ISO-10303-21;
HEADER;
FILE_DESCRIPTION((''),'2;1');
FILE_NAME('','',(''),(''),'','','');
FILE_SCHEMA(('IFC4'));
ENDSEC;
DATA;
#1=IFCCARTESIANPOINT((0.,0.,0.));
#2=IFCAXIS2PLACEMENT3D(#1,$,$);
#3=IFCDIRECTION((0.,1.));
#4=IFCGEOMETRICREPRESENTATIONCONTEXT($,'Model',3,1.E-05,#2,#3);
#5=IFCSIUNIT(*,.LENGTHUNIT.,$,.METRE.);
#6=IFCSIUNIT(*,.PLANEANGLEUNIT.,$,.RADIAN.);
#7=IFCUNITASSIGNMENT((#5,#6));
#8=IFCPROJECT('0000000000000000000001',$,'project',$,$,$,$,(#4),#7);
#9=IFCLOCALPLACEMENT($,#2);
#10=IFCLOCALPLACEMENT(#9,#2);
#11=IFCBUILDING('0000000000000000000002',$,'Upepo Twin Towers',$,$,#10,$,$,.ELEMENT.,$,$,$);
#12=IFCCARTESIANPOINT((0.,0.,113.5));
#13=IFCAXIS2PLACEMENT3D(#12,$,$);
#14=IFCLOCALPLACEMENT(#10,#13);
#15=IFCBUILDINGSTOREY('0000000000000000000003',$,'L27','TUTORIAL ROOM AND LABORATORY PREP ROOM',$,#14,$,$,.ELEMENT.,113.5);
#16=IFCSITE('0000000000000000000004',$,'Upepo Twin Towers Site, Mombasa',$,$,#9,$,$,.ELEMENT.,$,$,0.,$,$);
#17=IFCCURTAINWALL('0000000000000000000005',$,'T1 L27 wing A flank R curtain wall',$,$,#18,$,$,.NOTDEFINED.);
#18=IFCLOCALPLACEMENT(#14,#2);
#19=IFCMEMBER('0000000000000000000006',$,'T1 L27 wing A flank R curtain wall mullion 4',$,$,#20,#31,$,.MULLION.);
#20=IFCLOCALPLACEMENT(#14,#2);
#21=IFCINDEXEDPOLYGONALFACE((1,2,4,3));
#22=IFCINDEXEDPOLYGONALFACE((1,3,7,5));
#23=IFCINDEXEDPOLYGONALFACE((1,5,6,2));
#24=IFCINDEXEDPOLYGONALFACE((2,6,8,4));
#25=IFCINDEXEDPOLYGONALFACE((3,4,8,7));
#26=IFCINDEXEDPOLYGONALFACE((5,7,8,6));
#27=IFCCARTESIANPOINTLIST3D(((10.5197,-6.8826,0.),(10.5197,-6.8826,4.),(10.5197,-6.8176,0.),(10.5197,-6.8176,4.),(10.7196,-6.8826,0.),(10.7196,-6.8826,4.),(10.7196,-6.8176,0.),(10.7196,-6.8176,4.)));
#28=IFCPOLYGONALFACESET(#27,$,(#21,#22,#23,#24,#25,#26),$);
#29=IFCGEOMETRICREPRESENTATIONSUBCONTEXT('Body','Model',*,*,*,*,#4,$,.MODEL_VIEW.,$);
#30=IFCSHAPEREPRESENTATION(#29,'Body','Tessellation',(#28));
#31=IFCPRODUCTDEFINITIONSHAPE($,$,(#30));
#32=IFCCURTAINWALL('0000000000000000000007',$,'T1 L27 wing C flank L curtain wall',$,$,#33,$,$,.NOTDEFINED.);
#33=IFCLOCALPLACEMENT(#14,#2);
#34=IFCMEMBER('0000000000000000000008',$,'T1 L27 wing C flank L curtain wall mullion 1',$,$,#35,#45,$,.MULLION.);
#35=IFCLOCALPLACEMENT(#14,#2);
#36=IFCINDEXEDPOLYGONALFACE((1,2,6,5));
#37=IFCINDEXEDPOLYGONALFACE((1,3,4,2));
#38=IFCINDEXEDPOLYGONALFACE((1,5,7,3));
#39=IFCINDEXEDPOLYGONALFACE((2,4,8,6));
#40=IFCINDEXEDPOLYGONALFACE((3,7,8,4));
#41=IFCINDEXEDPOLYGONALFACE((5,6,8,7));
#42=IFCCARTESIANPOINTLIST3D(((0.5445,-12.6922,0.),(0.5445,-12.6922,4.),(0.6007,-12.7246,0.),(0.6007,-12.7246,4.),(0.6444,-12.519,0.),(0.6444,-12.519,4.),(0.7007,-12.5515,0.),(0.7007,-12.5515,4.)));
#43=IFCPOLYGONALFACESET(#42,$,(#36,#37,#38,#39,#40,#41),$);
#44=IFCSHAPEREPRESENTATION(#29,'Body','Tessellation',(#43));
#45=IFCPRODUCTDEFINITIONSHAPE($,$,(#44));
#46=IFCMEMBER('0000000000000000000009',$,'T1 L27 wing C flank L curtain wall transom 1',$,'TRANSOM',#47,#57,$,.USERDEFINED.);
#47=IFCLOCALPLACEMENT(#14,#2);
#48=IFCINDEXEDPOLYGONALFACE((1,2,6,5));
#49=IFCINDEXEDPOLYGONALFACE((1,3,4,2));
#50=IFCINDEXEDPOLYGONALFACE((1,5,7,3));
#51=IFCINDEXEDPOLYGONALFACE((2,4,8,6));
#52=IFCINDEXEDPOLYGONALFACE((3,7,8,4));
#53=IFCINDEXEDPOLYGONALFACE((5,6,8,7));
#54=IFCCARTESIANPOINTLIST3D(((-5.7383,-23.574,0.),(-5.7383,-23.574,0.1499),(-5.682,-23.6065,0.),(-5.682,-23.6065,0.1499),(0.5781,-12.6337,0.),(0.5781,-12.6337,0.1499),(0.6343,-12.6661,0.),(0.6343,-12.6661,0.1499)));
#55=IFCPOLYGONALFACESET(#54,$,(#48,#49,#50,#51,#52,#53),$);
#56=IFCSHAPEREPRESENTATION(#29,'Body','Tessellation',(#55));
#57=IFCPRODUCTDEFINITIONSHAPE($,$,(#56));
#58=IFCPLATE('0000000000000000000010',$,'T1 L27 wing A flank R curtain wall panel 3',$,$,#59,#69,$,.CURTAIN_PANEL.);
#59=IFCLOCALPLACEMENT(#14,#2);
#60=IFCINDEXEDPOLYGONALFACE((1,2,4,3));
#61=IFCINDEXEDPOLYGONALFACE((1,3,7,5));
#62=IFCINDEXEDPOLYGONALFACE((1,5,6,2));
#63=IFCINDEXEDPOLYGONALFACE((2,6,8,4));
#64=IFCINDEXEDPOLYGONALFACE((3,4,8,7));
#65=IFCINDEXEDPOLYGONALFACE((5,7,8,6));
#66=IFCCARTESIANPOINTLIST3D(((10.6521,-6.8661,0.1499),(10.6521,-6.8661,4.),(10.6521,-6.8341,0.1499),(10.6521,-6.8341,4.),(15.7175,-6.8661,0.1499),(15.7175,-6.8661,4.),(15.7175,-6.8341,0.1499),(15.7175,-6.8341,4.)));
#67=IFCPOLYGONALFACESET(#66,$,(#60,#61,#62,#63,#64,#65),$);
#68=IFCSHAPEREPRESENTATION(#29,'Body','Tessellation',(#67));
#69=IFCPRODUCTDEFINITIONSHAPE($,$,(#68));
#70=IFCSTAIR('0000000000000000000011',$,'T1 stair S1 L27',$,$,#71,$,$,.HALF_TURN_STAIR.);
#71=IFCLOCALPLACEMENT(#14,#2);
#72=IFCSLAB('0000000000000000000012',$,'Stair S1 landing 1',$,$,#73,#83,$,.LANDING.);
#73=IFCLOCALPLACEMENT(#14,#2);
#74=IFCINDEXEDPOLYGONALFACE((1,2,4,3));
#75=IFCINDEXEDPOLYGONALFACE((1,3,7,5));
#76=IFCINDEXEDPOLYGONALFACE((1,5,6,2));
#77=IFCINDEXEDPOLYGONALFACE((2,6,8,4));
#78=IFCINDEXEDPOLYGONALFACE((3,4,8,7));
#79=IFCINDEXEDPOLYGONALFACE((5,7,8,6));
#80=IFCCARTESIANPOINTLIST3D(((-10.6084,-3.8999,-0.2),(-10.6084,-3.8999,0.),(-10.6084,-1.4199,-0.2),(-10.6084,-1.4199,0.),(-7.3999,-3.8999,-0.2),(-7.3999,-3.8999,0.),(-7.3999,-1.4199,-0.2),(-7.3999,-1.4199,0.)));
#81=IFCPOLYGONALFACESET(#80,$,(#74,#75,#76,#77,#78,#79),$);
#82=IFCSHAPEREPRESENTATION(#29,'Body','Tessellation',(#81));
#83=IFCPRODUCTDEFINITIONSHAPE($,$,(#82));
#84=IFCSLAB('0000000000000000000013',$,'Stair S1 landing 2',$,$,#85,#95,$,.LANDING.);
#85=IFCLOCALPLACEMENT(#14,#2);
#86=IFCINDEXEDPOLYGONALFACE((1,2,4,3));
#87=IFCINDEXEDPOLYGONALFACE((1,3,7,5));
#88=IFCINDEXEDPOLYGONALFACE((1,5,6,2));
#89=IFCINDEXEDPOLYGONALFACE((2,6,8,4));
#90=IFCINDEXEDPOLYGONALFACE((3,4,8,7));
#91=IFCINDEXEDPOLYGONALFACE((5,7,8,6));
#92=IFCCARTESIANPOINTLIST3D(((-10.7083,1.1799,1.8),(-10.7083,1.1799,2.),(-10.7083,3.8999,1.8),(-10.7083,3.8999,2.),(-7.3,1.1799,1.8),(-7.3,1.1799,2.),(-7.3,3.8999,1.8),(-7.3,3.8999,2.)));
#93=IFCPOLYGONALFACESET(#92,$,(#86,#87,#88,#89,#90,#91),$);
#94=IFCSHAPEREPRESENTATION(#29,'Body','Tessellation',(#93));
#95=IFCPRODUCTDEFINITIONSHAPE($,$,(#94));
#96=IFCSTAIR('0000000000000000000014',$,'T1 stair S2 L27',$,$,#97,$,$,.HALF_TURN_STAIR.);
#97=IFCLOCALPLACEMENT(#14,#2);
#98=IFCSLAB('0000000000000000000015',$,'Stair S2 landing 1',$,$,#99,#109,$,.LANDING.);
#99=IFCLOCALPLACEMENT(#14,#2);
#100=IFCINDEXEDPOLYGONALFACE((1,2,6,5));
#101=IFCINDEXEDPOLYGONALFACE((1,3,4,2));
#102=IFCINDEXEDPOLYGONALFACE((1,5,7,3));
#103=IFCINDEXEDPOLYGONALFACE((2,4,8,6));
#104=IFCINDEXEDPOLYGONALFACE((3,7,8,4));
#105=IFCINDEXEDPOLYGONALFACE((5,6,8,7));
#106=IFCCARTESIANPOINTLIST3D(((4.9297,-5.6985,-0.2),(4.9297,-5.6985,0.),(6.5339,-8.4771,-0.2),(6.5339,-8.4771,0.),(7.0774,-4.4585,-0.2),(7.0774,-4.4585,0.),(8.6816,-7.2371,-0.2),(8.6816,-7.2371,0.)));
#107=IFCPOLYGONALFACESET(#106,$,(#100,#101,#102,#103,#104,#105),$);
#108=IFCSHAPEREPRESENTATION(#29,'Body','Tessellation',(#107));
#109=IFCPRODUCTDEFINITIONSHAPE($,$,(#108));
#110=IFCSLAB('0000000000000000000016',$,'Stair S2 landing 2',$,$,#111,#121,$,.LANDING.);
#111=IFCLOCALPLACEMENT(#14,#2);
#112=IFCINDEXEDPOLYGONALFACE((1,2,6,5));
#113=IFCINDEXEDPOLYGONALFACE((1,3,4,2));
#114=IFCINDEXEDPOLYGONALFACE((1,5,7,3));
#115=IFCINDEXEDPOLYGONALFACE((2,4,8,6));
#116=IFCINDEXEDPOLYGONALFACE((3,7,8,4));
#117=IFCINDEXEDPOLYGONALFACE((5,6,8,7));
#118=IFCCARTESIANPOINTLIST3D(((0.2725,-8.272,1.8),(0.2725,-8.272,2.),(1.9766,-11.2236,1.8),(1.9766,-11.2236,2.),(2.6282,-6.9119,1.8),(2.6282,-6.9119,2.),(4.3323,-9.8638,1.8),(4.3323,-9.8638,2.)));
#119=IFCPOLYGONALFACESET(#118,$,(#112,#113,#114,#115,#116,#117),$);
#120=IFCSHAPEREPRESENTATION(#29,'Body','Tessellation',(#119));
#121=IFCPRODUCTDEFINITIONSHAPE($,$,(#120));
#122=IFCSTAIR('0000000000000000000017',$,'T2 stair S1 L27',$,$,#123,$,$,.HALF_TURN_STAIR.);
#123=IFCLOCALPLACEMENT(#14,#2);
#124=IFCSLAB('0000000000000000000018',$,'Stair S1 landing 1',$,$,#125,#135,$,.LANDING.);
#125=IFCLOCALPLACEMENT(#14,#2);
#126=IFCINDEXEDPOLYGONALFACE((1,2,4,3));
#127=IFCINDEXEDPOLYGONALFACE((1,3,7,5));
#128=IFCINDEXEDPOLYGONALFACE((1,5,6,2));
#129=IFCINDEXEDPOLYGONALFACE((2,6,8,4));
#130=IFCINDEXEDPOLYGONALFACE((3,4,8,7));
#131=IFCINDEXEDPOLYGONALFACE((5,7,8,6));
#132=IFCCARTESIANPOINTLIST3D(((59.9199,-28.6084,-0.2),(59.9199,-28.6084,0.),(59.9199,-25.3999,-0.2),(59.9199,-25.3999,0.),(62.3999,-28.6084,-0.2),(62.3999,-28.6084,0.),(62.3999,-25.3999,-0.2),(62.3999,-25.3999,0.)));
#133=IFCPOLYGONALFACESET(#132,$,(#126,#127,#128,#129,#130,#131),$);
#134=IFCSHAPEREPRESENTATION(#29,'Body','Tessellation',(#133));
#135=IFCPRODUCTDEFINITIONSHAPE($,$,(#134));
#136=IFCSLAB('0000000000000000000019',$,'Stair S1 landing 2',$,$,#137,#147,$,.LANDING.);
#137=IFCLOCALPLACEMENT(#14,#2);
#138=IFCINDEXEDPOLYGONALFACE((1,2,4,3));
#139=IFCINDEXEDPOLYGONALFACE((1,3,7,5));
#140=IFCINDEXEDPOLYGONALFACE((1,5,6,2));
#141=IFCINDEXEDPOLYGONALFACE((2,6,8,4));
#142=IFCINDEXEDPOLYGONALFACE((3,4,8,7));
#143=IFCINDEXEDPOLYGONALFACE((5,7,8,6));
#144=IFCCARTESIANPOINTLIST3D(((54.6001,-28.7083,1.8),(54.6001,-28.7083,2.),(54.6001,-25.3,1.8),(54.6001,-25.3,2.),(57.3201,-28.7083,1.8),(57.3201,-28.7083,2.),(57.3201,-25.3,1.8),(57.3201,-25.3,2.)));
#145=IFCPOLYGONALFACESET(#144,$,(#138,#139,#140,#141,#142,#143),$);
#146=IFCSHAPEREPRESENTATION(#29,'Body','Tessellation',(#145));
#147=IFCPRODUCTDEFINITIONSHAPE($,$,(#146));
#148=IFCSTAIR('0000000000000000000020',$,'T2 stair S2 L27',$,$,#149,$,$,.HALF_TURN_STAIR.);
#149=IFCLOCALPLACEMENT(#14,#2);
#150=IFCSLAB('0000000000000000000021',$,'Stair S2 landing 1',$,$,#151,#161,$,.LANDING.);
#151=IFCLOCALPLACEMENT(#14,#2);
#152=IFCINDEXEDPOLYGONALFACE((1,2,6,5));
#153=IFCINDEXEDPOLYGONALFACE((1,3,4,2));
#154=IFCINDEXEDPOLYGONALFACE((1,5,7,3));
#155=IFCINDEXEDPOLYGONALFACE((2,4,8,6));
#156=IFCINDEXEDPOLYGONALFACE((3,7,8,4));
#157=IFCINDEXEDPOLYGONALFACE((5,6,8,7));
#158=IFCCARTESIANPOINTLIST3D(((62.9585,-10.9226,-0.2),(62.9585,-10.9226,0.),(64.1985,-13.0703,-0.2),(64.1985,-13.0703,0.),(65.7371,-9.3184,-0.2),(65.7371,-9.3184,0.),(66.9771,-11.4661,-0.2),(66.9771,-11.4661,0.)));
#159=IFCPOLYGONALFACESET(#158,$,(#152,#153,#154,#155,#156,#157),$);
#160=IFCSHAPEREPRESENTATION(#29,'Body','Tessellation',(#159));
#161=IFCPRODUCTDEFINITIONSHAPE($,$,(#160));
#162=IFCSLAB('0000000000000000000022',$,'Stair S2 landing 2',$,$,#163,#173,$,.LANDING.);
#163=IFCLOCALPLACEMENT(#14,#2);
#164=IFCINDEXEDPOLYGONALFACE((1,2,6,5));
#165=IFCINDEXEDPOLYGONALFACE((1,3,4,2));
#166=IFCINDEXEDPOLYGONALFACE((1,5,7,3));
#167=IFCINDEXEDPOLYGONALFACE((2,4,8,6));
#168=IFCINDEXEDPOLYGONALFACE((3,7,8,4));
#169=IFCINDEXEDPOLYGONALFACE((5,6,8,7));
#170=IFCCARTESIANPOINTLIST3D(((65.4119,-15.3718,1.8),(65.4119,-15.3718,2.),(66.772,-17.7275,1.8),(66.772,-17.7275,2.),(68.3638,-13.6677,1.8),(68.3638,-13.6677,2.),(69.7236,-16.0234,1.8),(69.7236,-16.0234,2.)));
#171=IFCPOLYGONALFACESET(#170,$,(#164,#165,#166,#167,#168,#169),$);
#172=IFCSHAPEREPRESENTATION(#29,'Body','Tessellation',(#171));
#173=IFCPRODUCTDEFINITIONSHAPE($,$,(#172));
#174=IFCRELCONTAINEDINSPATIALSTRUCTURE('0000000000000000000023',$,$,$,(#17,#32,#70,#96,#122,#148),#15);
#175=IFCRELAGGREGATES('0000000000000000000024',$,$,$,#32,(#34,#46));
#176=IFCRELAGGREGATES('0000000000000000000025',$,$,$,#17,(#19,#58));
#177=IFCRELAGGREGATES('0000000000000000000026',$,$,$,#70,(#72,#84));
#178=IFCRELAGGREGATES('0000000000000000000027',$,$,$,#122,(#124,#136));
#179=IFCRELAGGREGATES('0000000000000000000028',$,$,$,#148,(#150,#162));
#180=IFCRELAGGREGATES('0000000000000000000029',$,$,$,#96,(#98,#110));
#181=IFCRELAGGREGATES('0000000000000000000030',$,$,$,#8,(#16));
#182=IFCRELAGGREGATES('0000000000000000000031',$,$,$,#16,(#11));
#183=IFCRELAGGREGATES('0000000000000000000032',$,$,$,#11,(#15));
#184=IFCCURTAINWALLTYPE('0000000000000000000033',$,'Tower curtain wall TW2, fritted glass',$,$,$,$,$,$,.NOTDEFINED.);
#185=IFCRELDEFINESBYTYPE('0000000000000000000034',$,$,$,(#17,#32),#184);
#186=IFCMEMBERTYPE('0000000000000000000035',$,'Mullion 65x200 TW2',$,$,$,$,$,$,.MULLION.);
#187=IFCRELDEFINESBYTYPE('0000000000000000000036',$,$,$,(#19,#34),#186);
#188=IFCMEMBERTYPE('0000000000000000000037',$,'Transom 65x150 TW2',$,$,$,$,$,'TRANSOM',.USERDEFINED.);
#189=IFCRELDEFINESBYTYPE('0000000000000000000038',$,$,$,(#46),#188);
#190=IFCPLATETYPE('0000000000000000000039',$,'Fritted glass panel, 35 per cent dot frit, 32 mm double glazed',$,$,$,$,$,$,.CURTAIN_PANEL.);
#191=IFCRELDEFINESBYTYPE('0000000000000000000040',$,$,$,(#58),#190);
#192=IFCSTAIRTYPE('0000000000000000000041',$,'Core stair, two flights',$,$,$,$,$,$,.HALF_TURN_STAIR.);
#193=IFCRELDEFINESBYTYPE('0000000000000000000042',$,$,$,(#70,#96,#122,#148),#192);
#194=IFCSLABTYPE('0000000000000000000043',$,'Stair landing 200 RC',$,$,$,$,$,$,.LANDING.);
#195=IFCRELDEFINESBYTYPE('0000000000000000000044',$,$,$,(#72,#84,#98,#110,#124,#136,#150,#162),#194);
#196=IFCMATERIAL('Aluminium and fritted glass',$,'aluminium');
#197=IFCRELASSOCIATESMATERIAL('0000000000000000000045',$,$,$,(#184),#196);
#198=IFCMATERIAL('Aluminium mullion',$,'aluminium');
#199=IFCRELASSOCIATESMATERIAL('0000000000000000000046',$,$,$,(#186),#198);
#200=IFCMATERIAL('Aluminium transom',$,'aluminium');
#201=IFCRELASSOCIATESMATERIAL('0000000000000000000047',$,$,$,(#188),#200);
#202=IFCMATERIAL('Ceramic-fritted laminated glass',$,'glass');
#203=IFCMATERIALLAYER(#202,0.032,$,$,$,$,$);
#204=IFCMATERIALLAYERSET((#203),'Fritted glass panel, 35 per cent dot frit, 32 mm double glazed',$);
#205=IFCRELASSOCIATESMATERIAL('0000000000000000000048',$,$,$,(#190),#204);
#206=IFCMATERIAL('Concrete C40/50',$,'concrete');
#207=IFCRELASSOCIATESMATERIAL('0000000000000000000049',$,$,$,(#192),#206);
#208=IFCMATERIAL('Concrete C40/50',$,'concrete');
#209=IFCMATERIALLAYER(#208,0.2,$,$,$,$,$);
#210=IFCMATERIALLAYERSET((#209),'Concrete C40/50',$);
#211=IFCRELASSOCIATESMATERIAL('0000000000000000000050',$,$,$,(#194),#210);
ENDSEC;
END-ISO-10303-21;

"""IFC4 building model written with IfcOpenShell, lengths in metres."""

from ifc_helpers import new_model, si_unit, direction, frame, origin, origin_2d, place, context, subcontext, project, spatial, polyline, rectangle, outline, extrude, material, layer, layer_set, material_profile, profile_set, type_object, element, aggregate, save


model = new_model("IFC4")

# Units and contexts
model_context = context("Model", 3, precision=1e-05, world=origin(), true_north=direction((0.0, 1.0)))
body_context = subcontext(model_context, "Body", "Model", "MODEL_VIEW")
ifc_project = project(units=[si_unit("LENGTHUNIT", "METRE"), si_unit("PLANEANGLEUNIT", "RADIAN")], contexts=[model_context])

# Site, building, storey
site_placement = place(None, origin())
site = spatial("IfcSite", under=ifc_project, at=site_placement, Name="Upepo Twin Towers Site, Mombasa", CompositionType="ELEMENT", RefElevation=0.0)
building_placement = place(site_placement, origin())
building = spatial("IfcBuilding", under=site, at=building_placement, Name="Upepo Twin Towers", CompositionType="ELEMENT")
storey_placement = place(building_placement, frame((0.0, 0.0, 113.5)))
storey = spatial("IfcBuildingStorey", under=building, at=storey_placement, Name="L27", Description="TUTORIAL ROOM AND LABORATORY PREP ROOM", CompositionType="ELEMENT", Elevation=113.5)

# Curtain wall, member
ifc_material_1 = material(Name="Aluminium and fritted glass", Category="aluminium")
curtain_wall_type = type_object("IfcCurtainWallType", Name="Tower curtain wall TW2, fritted glass", PredefinedType="NOTDEFINED", material=ifc_material_1)
curtain_wall_1_placement = place(storey_placement, origin())
curtain_wall_1 = element("IfcCurtainWall", 1, at=curtain_wall_1_placement, inside=storey, type_object=curtain_wall_type, Name="T1 L27 wing A flank R curtain wall", PredefinedType="NOTDEFINED")
ifc_material_2 = material(Name="Aluminium mullion", Category="aluminium")
ifc_material_profile_1 = material_profile(ifc_material_2, rectangle(XDim=0.0649, YDim=0.2, at=origin_2d()), Name="MULLION 65x200")
ifc_profile_set_1 = profile_set([ifc_material_profile_1], Name="Aluminium mullion")
member_type_1 = type_object("IfcMemberType", Name="Mullion 65x200 TW2", PredefinedType="MULLION", material=ifc_profile_set_1)
member_1_placement = place(storey_placement, frame((10.6196, -6.8501, 0.0), z_axis=(0.0, 0.0, 1.0), x_axis=(0.0, -1.0, 0.0)))
member_1 = element("IfcMember", 2, at=member_1_placement, type_object=member_type_1, Name="T1 L27 wing A flank R curtain wall mullion 4", PredefinedType="MULLION", context=body_context, shape_type="SweptSolid", body=[
    extrude(rectangle(XDim=0.0649, YDim=0.2, at=origin_2d()), origin(), (0.0, 0.0, 1.0), 4.0),
])

# Curtain wall, members
curtain_wall_2_placement = place(storey_placement, origin())
curtain_wall_2 = element("IfcCurtainWall", 3, at=curtain_wall_2_placement, inside=storey, type_object=curtain_wall_type, Name="T1 L27 wing C flank L curtain wall", PredefinedType="NOTDEFINED")
member_2_placement = place(storey_placement, frame((0.6226, -12.6218, 0.0), z_axis=(0.0, 0.0, 1.0), x_axis=(0.866025, -0.5, 0.0)))
member_2 = element("IfcMember", 4, at=member_2_placement, type_object=member_type_1, Name="T1 L27 wing C flank L curtain wall mullion 1", PredefinedType="MULLION", context=body_context, shape_type="SweptSolid", body=[
    extrude(rectangle(XDim=0.0649, YDim=0.2, at=origin_2d()), origin(), (0.0, 0.0, 1.0), 4.0),
])
ifc_material_3 = material(Name="Aluminium transom", Category="aluminium")
ifc_material_profile_2 = material_profile(ifc_material_3, rectangle(XDim=0.0649, YDim=0.1499, at=origin_2d()), Name="TRANSOM 65x150")
ifc_profile_set_2 = profile_set([ifc_material_profile_2], Name="Aluminium transom")
member_type_2 = type_object("IfcMemberType", Name="Transom 65x150 TW2", ElementType="TRANSOM", PredefinedType="USERDEFINED", material=ifc_profile_set_2)
member_3_placement = place(storey_placement, frame((0.6062, -12.6499, 0.075), z_axis=(-0.499997, -0.866027, 0.0), x_axis=(0.866027, -0.499997, 0.0)))
member_3 = element("IfcMember", 5, at=member_3_placement, type_object=member_type_2, Name="T1 L27 wing C flank L curtain wall transom 1", ObjectType="TRANSOM", PredefinedType="USERDEFINED", context=body_context, shape_type="SweptSolid", body=[
    extrude(rectangle(XDim=0.0649, YDim=0.1499, at=origin_2d()), origin(), (0.0, 0.0, 1.0), 12.6328),
])
aggregate(curtain_wall_2, [member_2, member_3])

# Plate
ifc_material_4 = material(Name="Ceramic-fritted laminated glass", Category="glass")
ifc_layer_1 = layer(ifc_material_4, 0.032)
ifc_layer_set_1 = layer_set([ifc_layer_1], Name="Fritted glass panel, 35 per cent dot frit, 32 mm double glazed")
plate_type = type_object("IfcPlateType", Name="Fritted glass panel, 35 per cent dot frit, 32 mm double glazed", PredefinedType="CURTAIN_PANEL", material=ifc_layer_set_1)
plate_placement = place(storey_placement, frame((13.1848, -6.8501, 0.1499), z_axis=(0.0, 0.0, 1.0), x_axis=(-1.0, 0.0, 0.0)))
plate = element("IfcPlate", 6, at=plate_placement, type_object=plate_type, Name="T1 L27 wing A flank R curtain wall panel 3", PredefinedType="CURTAIN_PANEL", context=body_context, shape_type="SweptSolid", body=[
    extrude(rectangle(XDim=5.0654, YDim=0.032, at=origin_2d()), origin(), (0.0, 0.0, 1.0), 3.8501),
])
aggregate(curtain_wall_1, [member_1, plate])

# Stairs, slabs
ifc_material_5 = material(Name="Concrete C40/50", Category="concrete")
stair_type = type_object("IfcStairType", Name="Core stair, two flights", PredefinedType="HALF_TURN_STAIR", material=ifc_material_5)
stair_1_placement = place(storey_placement, origin())
stair_1 = element("IfcStair", 7, at=stair_1_placement, inside=storey, type_object=stair_type, Name="T1 stair S1 L27", PredefinedType="HALF_TURN_STAIR")
ifc_material_6 = material(Name="Concrete C40/50", Category="concrete")
ifc_layer_2 = layer(ifc_material_6, 0.2)
ifc_layer_set_2 = layer_set([ifc_layer_2], Name="Concrete C40/50")
slab_type_1 = type_object("IfcSlabType", Name="Stair landing 200 RC", PredefinedType="LANDING", material=ifc_layer_set_2)
slab_1_placement = place(storey_placement, frame((0.0, 0.0, -0.2)))
slab_1 = element("IfcSlab", 8, at=slab_1_placement, type_object=slab_type_1, Name="Stair S1 landing 1", PredefinedType="LANDING", context=body_context, shape_type="SweptSolid", body=[
    extrude(outline(polyline([(-7.3999, -1.4199), (-10.6084, -1.4199), (-10.6084, -3.8999), (-7.3999, -3.8999), (-7.3999, -1.4199)])), origin(), (0.0, 0.0, 1.0), 0.2),
])
slab_2_placement = place(storey_placement, frame((0.0, 0.0, 1.8)))
slab_2 = element("IfcSlab", 9, at=slab_2_placement, type_object=slab_type_1, Name="Stair S1 landing 2", PredefinedType="LANDING", context=body_context, shape_type="SweptSolid", body=[
    extrude(outline(polyline([(-7.3, 3.8999), (-10.7083, 3.8999), (-10.7083, 1.1799), (-7.3, 1.1799), (-7.3, 3.8999)])), origin(), (0.0, 0.0, 1.0), 0.2),
])
aggregate(stair_1, [slab_1, slab_2])
stair_2_placement = place(storey_placement, origin())
stair_2 = element("IfcStair", 10, at=stair_2_placement, inside=storey, type_object=stair_type, Name="T1 stair S2 L27", PredefinedType="HALF_TURN_STAIR")
slab_3_placement = place(storey_placement, frame((0.0, 0.0, -0.2)))
slab_3 = element("IfcSlab", 11, at=slab_3_placement, type_object=slab_type_1, Name="Stair S2 landing 1", PredefinedType="LANDING", context=body_context, shape_type="SweptSolid", body=[
    extrude(outline(polyline([(4.9297, -5.6985), (6.5339, -8.4771), (8.6816, -7.2371), (7.0774, -4.4585), (4.9297, -5.6985)])), origin(), (0.0, 0.0, 1.0), 0.2),
])
slab_4_placement = place(storey_placement, frame((0.0, 0.0, 1.8)))
slab_4 = element("IfcSlab", 12, at=slab_4_placement, type_object=slab_type_1, Name="Stair S2 landing 2", PredefinedType="LANDING", context=body_context, shape_type="SweptSolid", body=[
    extrude(outline(polyline([(0.2725, -8.272), (1.9766, -11.2236), (4.3323, -9.8638), (2.6282, -6.9119), (0.2725, -8.272)])), origin(), (0.0, 0.0, 1.0), 0.2),
])
stair_3_placement = place(storey_placement, origin())
stair_3 = element("IfcStair", 13, at=stair_3_placement, inside=storey, type_object=stair_type, Name="T2 stair S1 L27", PredefinedType="HALF_TURN_STAIR")
slab_5_placement = place(storey_placement, frame((0.0, 0.0, -0.2)))
slab_5 = element("IfcSlab", 14, at=slab_5_placement, type_object=slab_type_1, Name="Stair S1 landing 1", PredefinedType="LANDING", context=body_context, shape_type="SweptSolid", body=[
    extrude(outline(polyline([(59.9199, -25.3999), (59.9199, -28.6084), (62.3999, -28.6084), (62.3999, -25.3999), (59.9199, -25.3999)])), origin(), (0.0, 0.0, 1.0), 0.2),
])
slab_6_placement = place(storey_placement, frame((0.0, 0.0, 1.8)))
slab_6 = element("IfcSlab", 15, at=slab_6_placement, type_object=slab_type_1, Name="Stair S1 landing 2", PredefinedType="LANDING", context=body_context, shape_type="SweptSolid", body=[
    extrude(outline(polyline([(54.6001, -25.3), (54.6001, -28.7083), (57.3201, -28.7083), (57.3201, -25.3), (54.6001, -25.3)])), origin(), (0.0, 0.0, 1.0), 0.2),
])
aggregate(stair_3, [slab_5, slab_6])
stair_4_placement = place(storey_placement, origin())
stair_4 = element("IfcStair", 16, at=stair_4_placement, inside=storey, type_object=stair_type, Name="T2 stair S2 L27", PredefinedType="HALF_TURN_STAIR")
slab_7_placement = place(storey_placement, frame((0.0, 0.0, -0.2)))
slab_7 = element("IfcSlab", 17, at=slab_7_placement, type_object=slab_type_1, Name="Stair S2 landing 1", PredefinedType="LANDING", context=body_context, shape_type="SweptSolid", body=[
    extrude(outline(polyline([(64.1985, -13.0703), (66.9771, -11.4661), (65.7371, -9.3184), (62.9585, -10.9226), (64.1985, -13.0703)])), origin(), (0.0, 0.0, 1.0), 0.2),
])
slab_8_placement = place(storey_placement, frame((0.0, 0.0, 1.8)))
slab_8 = element("IfcSlab", 18, at=slab_8_placement, type_object=slab_type_1, Name="Stair S2 landing 2", PredefinedType="LANDING", context=body_context, shape_type="SweptSolid", body=[
    extrude(outline(polyline([(66.772, -17.7275), (69.7236, -16.0234), (68.3638, -13.6677), (65.4119, -15.3718), (66.772, -17.7275)])), origin(), (0.0, 0.0, 1.0), 0.2),
])
aggregate(stair_4, [slab_7, slab_8])

aggregate(stair_2, [slab_3, slab_4])

save(model, "model.ifc")
